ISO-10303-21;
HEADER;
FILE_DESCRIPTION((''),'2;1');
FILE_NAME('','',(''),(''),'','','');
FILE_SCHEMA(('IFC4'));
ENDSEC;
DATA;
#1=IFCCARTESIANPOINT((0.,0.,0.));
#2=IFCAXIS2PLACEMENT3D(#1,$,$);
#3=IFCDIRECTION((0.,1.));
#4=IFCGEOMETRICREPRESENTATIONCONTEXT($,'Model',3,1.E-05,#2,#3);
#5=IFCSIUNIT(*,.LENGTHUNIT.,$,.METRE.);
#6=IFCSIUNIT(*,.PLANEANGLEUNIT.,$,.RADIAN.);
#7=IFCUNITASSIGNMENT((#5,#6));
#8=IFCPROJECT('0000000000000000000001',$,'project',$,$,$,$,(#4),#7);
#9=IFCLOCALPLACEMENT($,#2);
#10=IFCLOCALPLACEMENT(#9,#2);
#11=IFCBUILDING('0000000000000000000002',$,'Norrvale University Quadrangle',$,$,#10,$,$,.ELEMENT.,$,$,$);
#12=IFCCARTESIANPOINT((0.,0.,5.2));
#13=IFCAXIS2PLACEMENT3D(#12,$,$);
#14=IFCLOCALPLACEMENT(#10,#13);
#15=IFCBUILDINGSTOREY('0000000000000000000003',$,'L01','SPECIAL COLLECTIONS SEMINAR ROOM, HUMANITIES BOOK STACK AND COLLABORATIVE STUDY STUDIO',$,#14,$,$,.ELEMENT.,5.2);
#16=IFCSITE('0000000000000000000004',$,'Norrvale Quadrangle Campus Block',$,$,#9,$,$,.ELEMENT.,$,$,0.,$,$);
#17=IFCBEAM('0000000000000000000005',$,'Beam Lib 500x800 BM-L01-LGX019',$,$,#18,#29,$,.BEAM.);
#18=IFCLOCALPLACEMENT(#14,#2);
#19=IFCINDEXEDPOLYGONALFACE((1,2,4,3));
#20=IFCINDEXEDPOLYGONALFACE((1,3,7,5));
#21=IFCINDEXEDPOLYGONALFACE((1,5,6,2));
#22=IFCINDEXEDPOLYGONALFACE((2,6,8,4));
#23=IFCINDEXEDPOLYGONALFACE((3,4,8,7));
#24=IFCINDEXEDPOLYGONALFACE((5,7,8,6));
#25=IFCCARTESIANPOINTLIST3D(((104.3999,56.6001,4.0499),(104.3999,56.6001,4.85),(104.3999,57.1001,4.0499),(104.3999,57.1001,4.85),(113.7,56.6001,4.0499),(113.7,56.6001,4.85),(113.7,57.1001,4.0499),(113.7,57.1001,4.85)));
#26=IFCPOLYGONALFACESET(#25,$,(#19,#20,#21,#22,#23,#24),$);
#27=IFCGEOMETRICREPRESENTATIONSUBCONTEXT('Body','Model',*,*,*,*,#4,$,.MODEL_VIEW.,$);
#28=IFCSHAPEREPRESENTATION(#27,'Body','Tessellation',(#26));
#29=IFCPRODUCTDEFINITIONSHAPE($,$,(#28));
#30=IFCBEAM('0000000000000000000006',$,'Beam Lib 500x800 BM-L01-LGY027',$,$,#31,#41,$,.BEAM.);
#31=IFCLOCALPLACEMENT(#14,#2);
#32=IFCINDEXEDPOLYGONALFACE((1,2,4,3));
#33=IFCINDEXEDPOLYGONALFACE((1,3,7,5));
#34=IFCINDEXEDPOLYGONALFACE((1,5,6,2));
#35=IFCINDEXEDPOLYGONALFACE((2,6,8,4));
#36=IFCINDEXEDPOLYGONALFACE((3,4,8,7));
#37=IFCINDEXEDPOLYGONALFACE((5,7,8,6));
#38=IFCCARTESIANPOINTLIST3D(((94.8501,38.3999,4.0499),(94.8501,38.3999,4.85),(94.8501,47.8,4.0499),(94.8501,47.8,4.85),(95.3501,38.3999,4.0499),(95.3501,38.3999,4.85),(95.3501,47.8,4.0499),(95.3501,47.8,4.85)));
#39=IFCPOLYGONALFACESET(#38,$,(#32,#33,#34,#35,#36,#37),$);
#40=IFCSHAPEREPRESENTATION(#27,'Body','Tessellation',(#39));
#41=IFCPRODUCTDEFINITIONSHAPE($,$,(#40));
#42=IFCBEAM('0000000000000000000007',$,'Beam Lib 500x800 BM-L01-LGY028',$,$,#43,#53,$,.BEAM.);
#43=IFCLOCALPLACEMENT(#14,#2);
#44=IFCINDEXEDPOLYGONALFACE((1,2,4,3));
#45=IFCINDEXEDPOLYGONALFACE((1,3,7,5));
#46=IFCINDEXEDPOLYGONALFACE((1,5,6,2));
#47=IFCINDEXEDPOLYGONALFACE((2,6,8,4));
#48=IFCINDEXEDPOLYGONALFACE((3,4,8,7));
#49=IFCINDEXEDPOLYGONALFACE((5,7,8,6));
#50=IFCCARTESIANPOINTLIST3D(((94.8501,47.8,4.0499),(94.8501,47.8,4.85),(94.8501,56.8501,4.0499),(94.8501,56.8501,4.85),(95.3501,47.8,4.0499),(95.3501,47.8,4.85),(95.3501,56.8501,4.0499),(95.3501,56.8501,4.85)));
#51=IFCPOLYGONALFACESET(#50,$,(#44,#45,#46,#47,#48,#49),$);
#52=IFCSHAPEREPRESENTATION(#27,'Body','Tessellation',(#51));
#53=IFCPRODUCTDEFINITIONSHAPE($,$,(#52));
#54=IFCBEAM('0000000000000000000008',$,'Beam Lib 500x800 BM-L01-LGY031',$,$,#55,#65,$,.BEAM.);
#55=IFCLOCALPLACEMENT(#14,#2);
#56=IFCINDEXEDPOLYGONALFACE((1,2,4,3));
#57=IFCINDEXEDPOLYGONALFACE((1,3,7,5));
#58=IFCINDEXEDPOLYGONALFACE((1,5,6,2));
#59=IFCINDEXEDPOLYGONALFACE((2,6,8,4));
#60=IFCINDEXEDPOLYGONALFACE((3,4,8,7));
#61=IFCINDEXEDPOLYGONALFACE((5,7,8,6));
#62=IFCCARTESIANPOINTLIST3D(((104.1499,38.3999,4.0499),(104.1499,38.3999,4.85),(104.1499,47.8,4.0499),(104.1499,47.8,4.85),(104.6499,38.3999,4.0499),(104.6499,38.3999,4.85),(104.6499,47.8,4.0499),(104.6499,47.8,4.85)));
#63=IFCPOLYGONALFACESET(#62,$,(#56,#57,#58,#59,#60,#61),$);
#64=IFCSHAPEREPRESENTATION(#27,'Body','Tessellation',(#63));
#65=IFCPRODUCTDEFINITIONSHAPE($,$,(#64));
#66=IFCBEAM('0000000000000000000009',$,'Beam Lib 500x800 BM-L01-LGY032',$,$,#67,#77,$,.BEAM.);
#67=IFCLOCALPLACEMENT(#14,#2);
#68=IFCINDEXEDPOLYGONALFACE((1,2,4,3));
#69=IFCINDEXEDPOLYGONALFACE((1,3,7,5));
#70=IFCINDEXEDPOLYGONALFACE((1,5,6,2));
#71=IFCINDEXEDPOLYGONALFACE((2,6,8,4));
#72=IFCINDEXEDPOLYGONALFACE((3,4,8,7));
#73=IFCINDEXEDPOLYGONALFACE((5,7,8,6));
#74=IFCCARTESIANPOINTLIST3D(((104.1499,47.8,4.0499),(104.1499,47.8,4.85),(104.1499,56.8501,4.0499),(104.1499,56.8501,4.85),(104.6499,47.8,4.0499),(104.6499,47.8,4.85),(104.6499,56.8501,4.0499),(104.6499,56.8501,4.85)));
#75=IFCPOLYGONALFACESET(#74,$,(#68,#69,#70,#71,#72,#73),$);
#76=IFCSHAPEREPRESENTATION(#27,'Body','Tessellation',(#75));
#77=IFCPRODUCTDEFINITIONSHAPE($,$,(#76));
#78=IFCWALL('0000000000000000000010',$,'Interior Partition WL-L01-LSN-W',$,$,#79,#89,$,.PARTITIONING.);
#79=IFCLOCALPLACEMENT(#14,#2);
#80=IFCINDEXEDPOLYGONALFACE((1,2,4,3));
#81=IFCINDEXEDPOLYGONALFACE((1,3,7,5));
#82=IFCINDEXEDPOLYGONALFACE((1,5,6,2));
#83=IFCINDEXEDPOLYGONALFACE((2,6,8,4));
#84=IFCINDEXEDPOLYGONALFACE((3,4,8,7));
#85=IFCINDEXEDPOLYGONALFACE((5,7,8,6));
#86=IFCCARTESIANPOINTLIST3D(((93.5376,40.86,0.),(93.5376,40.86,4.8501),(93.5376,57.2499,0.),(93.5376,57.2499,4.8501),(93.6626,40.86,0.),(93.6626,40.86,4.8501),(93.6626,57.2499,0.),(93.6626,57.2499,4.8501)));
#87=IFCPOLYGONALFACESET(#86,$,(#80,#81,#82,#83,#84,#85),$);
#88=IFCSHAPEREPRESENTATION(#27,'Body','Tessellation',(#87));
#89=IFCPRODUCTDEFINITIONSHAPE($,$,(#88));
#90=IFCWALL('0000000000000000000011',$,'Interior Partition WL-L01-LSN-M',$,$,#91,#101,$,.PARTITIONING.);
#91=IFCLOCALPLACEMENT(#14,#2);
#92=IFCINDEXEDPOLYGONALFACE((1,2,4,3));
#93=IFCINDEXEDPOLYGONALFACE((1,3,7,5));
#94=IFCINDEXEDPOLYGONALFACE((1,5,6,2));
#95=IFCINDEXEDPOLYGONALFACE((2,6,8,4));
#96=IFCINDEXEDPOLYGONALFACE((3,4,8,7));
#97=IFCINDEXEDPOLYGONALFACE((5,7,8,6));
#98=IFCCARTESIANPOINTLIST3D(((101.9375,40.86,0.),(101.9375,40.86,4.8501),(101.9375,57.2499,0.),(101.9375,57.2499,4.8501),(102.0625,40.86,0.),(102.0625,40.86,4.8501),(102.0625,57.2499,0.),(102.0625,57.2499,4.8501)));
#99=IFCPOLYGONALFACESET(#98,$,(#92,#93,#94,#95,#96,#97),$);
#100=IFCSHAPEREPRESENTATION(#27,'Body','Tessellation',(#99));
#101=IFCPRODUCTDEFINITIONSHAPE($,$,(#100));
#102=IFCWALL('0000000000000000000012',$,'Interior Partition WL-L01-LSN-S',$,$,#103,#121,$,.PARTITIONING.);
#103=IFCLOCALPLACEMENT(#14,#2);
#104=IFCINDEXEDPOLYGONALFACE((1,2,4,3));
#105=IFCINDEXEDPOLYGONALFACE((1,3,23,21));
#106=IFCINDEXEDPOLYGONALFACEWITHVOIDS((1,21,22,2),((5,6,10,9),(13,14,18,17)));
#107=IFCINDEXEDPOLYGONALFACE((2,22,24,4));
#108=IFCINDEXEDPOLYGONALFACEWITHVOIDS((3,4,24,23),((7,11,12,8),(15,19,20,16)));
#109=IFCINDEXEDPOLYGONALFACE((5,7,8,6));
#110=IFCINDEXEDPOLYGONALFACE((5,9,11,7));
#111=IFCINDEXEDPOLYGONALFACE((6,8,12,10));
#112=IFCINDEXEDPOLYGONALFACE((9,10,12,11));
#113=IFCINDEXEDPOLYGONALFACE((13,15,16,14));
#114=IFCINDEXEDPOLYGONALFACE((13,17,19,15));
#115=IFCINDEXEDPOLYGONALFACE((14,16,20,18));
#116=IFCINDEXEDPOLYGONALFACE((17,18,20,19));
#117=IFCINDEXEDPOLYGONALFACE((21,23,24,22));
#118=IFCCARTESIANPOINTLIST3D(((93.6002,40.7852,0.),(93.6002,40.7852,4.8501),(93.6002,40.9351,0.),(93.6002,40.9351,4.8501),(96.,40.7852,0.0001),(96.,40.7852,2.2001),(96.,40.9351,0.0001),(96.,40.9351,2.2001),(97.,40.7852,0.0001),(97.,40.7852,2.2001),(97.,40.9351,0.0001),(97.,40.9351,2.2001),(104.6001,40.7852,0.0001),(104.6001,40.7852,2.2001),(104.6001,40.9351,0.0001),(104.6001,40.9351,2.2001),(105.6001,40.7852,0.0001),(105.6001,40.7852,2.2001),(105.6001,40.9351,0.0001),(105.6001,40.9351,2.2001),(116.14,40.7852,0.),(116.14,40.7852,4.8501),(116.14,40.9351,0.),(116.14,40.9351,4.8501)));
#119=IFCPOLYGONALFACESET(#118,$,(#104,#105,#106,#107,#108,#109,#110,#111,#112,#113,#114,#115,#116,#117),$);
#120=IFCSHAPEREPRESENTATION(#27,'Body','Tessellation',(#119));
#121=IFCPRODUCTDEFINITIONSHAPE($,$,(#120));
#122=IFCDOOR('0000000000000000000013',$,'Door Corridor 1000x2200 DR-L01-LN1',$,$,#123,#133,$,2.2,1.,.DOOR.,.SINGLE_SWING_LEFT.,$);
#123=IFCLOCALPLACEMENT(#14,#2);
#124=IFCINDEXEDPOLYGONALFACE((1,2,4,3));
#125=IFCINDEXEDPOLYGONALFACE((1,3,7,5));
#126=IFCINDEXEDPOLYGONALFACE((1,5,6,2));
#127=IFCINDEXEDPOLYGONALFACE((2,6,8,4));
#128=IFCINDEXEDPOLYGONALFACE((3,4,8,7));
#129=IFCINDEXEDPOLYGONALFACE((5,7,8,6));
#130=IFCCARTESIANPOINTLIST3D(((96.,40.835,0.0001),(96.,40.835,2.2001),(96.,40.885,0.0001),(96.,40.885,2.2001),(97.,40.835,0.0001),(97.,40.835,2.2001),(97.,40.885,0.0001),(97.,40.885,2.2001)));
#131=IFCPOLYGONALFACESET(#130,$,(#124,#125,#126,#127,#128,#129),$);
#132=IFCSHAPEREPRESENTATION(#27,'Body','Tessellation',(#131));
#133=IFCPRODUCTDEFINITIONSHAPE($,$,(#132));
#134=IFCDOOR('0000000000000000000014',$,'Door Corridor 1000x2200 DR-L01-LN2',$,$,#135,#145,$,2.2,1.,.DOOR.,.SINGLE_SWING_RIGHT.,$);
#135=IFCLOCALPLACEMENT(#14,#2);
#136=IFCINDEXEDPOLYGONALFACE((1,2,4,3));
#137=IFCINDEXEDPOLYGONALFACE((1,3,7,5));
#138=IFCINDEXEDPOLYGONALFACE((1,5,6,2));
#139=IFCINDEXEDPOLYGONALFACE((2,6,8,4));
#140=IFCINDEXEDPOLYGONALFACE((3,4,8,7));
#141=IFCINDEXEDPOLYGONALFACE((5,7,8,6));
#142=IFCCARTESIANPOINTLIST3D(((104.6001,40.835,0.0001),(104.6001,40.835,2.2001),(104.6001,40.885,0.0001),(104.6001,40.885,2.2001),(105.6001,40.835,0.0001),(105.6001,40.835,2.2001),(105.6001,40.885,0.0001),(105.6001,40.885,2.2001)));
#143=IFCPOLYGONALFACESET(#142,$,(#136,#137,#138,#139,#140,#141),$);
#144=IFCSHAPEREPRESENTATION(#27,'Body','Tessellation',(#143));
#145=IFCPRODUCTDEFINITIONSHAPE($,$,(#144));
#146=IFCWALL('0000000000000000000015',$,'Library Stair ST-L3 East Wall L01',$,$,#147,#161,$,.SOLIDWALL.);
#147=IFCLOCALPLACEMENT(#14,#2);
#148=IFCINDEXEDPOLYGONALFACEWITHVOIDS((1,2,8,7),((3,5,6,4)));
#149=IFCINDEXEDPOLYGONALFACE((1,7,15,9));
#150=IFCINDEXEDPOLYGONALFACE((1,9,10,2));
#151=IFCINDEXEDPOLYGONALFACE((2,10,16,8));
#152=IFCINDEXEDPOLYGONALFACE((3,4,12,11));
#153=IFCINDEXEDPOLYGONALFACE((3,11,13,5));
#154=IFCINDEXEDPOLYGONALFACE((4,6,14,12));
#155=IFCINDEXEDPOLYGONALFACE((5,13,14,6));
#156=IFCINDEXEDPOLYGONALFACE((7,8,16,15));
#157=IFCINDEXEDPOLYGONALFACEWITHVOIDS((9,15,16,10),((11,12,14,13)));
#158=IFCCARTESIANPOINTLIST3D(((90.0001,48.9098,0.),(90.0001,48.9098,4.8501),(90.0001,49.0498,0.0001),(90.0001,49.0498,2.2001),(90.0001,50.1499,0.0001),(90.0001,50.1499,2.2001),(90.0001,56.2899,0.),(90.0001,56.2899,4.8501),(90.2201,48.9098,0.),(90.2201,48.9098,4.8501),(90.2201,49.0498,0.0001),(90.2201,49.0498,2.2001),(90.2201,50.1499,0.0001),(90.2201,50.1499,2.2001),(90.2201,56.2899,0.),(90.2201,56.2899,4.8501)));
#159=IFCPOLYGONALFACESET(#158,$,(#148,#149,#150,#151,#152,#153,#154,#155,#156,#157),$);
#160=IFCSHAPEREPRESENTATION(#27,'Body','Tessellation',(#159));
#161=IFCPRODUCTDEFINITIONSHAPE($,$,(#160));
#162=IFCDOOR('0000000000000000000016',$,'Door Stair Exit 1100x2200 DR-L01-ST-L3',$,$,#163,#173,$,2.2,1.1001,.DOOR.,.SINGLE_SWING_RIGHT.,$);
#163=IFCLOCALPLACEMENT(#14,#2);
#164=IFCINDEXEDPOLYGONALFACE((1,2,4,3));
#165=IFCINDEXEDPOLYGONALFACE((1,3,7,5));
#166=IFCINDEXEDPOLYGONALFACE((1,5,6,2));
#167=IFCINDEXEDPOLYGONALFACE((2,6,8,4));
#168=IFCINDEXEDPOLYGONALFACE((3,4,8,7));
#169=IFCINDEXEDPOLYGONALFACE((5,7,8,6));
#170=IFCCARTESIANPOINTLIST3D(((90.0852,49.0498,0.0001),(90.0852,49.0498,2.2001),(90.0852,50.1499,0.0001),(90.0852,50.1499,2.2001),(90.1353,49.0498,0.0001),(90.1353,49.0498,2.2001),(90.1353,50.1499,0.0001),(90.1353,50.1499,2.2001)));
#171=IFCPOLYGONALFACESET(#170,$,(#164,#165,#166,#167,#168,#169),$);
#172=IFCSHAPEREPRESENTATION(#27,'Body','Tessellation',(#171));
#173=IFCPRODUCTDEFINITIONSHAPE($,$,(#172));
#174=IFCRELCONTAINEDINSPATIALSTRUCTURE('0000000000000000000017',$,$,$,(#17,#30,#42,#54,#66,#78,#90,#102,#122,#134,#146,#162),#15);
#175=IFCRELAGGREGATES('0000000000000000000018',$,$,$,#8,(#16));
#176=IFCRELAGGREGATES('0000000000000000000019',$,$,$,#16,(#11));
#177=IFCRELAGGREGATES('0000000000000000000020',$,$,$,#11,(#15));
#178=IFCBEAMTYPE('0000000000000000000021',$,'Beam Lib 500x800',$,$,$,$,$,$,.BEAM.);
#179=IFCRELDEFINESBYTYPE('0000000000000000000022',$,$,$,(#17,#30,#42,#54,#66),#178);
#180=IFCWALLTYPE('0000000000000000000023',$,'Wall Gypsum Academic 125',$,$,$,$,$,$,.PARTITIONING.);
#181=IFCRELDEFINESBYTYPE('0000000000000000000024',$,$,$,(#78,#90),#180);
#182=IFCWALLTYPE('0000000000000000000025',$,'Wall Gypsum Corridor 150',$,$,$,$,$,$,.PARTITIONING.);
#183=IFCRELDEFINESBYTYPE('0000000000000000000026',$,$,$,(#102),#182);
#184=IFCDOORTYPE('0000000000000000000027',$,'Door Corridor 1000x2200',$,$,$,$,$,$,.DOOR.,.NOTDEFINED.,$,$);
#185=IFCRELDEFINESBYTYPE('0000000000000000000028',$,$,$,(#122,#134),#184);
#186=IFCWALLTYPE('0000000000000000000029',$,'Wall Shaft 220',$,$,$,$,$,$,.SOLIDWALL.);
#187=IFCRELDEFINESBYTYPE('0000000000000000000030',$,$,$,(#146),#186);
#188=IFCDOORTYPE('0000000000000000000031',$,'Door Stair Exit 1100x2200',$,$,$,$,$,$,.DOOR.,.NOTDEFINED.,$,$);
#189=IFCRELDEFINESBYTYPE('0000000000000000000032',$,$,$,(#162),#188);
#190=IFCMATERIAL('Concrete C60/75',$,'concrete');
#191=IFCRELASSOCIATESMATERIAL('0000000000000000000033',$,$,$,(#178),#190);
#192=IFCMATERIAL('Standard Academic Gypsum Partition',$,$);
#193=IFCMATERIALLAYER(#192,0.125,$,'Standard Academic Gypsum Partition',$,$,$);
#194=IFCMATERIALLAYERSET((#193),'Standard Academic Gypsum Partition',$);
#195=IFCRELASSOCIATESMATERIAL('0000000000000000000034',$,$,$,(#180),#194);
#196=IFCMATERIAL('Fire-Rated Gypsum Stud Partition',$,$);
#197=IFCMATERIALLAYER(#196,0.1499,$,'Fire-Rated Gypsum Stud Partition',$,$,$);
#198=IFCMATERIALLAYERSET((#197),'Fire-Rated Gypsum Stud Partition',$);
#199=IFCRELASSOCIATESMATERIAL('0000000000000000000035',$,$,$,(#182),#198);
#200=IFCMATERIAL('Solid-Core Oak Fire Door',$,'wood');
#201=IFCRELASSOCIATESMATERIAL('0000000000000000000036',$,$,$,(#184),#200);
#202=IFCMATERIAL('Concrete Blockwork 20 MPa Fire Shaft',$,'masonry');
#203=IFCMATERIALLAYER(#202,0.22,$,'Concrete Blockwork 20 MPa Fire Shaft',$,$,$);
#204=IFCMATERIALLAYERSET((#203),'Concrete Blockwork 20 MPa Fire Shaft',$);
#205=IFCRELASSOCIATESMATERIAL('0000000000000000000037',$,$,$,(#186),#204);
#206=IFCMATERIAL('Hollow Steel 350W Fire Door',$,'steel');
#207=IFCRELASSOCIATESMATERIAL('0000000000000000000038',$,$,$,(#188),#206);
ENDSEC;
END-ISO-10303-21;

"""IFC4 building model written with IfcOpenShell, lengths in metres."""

from ifc_helpers import new_model, si_unit, direction, frame, frame_2d, origin, origin_2d, place, context, subcontext, project, spatial, rectangle, extrude, material, layer, layer_set, material_profile, profile_set, type_object, element, fill, save


model = new_model("IFC4")

# Units and contexts
model_context = context("Model", 3, precision=1e-05, world=origin(), true_north=direction((0.0, 1.0)))
body_context = subcontext(model_context, "Body", "Model", "MODEL_VIEW")
ifc_project = project(units=[si_unit("LENGTHUNIT", "METRE"), si_unit("PLANEANGLEUNIT", "RADIAN")], contexts=[model_context])

# Site, building, storey
site_placement = place(None, origin())
site = spatial("IfcSite", under=ifc_project, at=site_placement, Name="Norrvale Quadrangle Campus Block", CompositionType="ELEMENT", RefElevation=0.0)
building_placement = place(site_placement, origin())
building = spatial("IfcBuilding", under=site, at=building_placement, Name="Norrvale University Quadrangle", CompositionType="ELEMENT")
storey_placement = place(building_placement, frame((0.0, 0.0, 5.2)))
storey = spatial("IfcBuildingStorey", under=building, at=storey_placement, Name="L01", Description="SPECIAL COLLECTIONS SEMINAR ROOM, HUMANITIES BOOK STACK AND COLLABORATIVE STUDY STUDIO", CompositionType="ELEMENT", Elevation=5.2)

# Shared definitions
ifc_material_1 = material(Name="Concrete C60/75", Category="concrete")

# Beams
ifc_material_profile_1 = material_profile(ifc_material_1, rectangle(XDim=0.5, YDim=0.8, at=origin_2d()), Name="Concrete C60/75")
ifc_profile_set_1 = profile_set([ifc_material_profile_1], Name="Concrete C60/75")
beam_type_1 = type_object("IfcBeamType", Name="Beam Lib 500x800", PredefinedType="BEAM", material=ifc_profile_set_1)
beam_1_placement = place(storey_placement, frame((104.3999, 56.8501, 4.45), z_axis=(1.0, 0.0, 0.0), x_axis=(0.0, 1.0, 0.0)))
element("IfcBeam", 1, at=beam_1_placement, inside=storey, type_object=beam_type_1, Name="Beam Lib 500x800 BM-L01-LGX019", PredefinedType="BEAM", context=body_context, shape_type="SweptSolid", body=[
    extrude(rectangle(XDim=0.5, YDim=0.8, at=origin_2d()), origin(), (0.0, 0.0, 1.0), 9.3),
])
beam_2_placement = place(storey_placement, frame((95.1001, 38.3999, 4.45), z_axis=(0.0, 1.0, 0.0), x_axis=(-1.0, 0.0, 0.0)))
element("IfcBeam", 2, at=beam_2_placement, inside=storey, type_object=beam_type_1, Name="Beam Lib 500x800 BM-L01-LGY027", PredefinedType="BEAM", context=body_context, shape_type="SweptSolid", body=[
    extrude(rectangle(XDim=0.5, YDim=0.8, at=origin_2d()), origin(), (0.0, 0.0, 1.0), 9.4001),
])
beam_3_placement = place(storey_placement, frame((95.1001, 47.8, 4.45), z_axis=(0.0, 1.0, 0.0), x_axis=(-1.0, 0.0, 0.0)))
element("IfcBeam", 3, at=beam_3_placement, inside=storey, type_object=beam_type_1, Name="Beam Lib 500x800 BM-L01-LGY028", PredefinedType="BEAM", context=body_context, shape_type="SweptSolid", body=[
    extrude(rectangle(XDim=0.5, YDim=0.8, at=origin_2d()), origin(), (0.0, 0.0, 1.0), 9.05),
])
beam_4_placement = place(storey_placement, frame((104.3999, 38.3999, 4.45), z_axis=(0.0, 1.0, 0.0), x_axis=(-1.0, 0.0, 0.0)))
element("IfcBeam", 4, at=beam_4_placement, inside=storey, type_object=beam_type_1, Name="Beam Lib 500x800 BM-L01-LGY031", PredefinedType="BEAM", context=body_context, shape_type="SweptSolid", body=[
    extrude(rectangle(XDim=0.5, YDim=0.8, at=origin_2d()), origin(), (0.0, 0.0, 1.0), 9.4001),
])
beam_5_placement = place(storey_placement, frame((104.3999, 47.8, 4.45), z_axis=(0.0, 1.0, 0.0), x_axis=(-1.0, 0.0, 0.0)))
element("IfcBeam", 5, at=beam_5_placement, inside=storey, type_object=beam_type_1, Name="Beam Lib 500x800 BM-L01-LGY032", PredefinedType="BEAM", context=body_context, shape_type="SweptSolid", body=[
    extrude(rectangle(XDim=0.5, YDim=0.8, at=origin_2d()), origin(), (0.0, 0.0, 1.0), 9.05),
])

# Walls
ifc_material_2 = material(Name="Standard Academic Gypsum Partition")
ifc_layer_1 = layer(ifc_material_2, 0.125, Name="Standard Academic Gypsum Partition")
ifc_layer_set_1 = layer_set([ifc_layer_1], Name="Standard Academic Gypsum Partition")
wall_type_1 = type_object("IfcWallType", Name="Wall Gypsum Academic 125", PredefinedType="PARTITIONING", material=ifc_layer_set_1)
for number, where, z_axis, x_axis, name in (
    (6, (93.6001, 40.8601, 0.0), (0.0, 0.0, 1.0), (0.0, 1.0, 0.0), "Interior Partition WL-L01-LSN-W"),
    (7, (102.0, 40.8601, 0.0), (0.0, 0.0, 1.0), (0.0, 1.0, 0.0), "Interior Partition WL-L01-LSN-M"),
):
    element("IfcWall", number, at=place(storey_placement, frame(where, z_axis=z_axis, x_axis=x_axis)), inside=storey, type_object=wall_type_1, Name=name, PredefinedType="PARTITIONING", context=body_context, shape_type="SweptSolid", body=[
        extrude(rectangle(XDim=16.3899, YDim=0.125, at=frame_2d((8.1948, 0.0))), origin(), (0.0, 0.0, 1.0), 4.8501),
    ])

# Wall, openings, doors
ifc_material_3 = material(Name="Fire-Rated Gypsum Stud Partition")
ifc_layer_2 = layer(ifc_material_3, 0.1499, Name="Fire-Rated Gypsum Stud Partition")
ifc_layer_set_2 = layer_set([ifc_layer_2], Name="Fire-Rated Gypsum Stud Partition")
wall_type_2 = type_object("IfcWallType", Name="Wall Gypsum Corridor 150", PredefinedType="PARTITIONING", material=ifc_layer_set_2)
wall_1_placement = place(storey_placement, frame((93.6001, 40.8601, 0.0), z_axis=(0.0, 0.0, 1.0), x_axis=(1.0, 0.0, 0.0)))
wall_1 = element("IfcWall", 8, at=wall_1_placement, inside=storey, type_object=wall_type_2, Name="Interior Partition WL-L01-LSN-S", PredefinedType="PARTITIONING", context=body_context, shape_type="SweptSolid", body=[
    extrude(rectangle(XDim=22.5398, YDim=0.1499, at=frame_2d((11.27, 0.0))), origin(), (0.0, 0.0, 1.0), 4.8501),
])
opening_1_placement = place(wall_1_placement, frame((2.3999, 0.0, 0.0)))
opening_1 = element("IfcOpeningElement", 9, at=opening_1_placement, cuts=wall_1, PredefinedType="OPENING", context=body_context, shape_type="SweptSolid", body=[
    extrude(rectangle(XDim=1.0, YDim=2.2, at=frame_2d((0.5, 1.1001))), frame((0.0, 0.0869, 0.0), z_axis=(0.0, -1.0, 0.0), x_axis=(1.0, 0.0, 0.0)), (0.0, 0.0, 1.0), 0.1738),
])
opening_2_placement = place(wall_1_placement, frame((11.0, 0.0, 0.0)))
opening_2 = element("IfcOpeningElement", 10, at=opening_2_placement, cuts=wall_1, PredefinedType="OPENING", context=body_context, shape_type="SweptSolid", body=[
    extrude(rectangle(XDim=1.0, YDim=2.2, at=frame_2d((0.5, 1.1001))), frame((0.0, 0.0869, 0.0), z_axis=(0.0, -1.0, 0.0), x_axis=(1.0, 0.0, 0.0)), (0.0, 0.0, 1.0), 0.1738),
])
ifc_material_4 = material(Name="Solid-Core Oak Fire Door", Category="wood")
door_type_1 = type_object("IfcDoorType", Name="Door Corridor 1000x2200", OperationType="NOTDEFINED", PredefinedType="DOOR", material=ifc_material_4)
door_1_placement = place(opening_1_placement, origin())
door_1 = element("IfcDoor", 11, at=door_1_placement, inside=storey, type_object=door_type_1, Name="Door Corridor 1000x2200 DR-L01-LN1", OperationType="SINGLE_SWING_LEFT", OverallHeight=2.2, OverallWidth=1.0, PredefinedType="DOOR", context=body_context, shape_type="SweptSolid", body=[
    extrude(rectangle(XDim=1.0, YDim=2.2, at=frame_2d((0.5, 1.1001))), frame((0.0, 0.0249, 0.0), z_axis=(0.0, -1.0, 0.0), x_axis=(1.0, 0.0, 0.0)), (0.0, 0.0, 1.0), 0.05),
])
fill(opening_1, door_1)
door_2_placement = place(opening_2_placement, origin())
door_2 = element("IfcDoor", 12, at=door_2_placement, inside=storey, type_object=door_type_1, Name="Door Corridor 1000x2200 DR-L01-LN2", OperationType="SINGLE_SWING_RIGHT", OverallHeight=2.2, OverallWidth=1.0, PredefinedType="DOOR", context=body_context, shape_type="SweptSolid", body=[
    extrude(rectangle(XDim=1.0, YDim=2.2, at=frame_2d((0.5, 1.1001))), frame((0.0, 0.0249, 0.0), z_axis=(0.0, -1.0, 0.0), x_axis=(1.0, 0.0, 0.0)), (0.0, 0.0, 1.0), 0.05),
])
fill(opening_2, door_2)

# Wall, opening, door
ifc_material_5 = material(Name="Concrete Blockwork 20 MPa Fire Shaft", Category="masonry")
ifc_layer_3 = layer(ifc_material_5, 0.22, Name="Concrete Blockwork 20 MPa Fire Shaft")
ifc_layer_set_3 = layer_set([ifc_layer_3], Name="Concrete Blockwork 20 MPa Fire Shaft")
wall_type_3 = type_object("IfcWallType", Name="Wall Shaft 220", PredefinedType="SOLIDWALL", material=ifc_layer_set_3)
wall_2_placement = place(storey_placement, frame((90.1101, 48.9099, 0.0), z_axis=(0.0, 0.0, 1.0), x_axis=(0.0, 1.0, 0.0)))
wall_2 = element("IfcWall", 13, at=wall_2_placement, inside=storey, type_object=wall_type_3, Name="Library Stair ST-L3 East Wall L01", PredefinedType="SOLIDWALL", context=body_context, shape_type="SweptSolid", body=[
    extrude(rectangle(XDim=7.3801, YDim=0.22, at=frame_2d((3.6899, 0.0))), origin(), (0.0, 0.0, 1.0), 4.8501),
])
opening_3_placement = place(wall_2_placement, frame((0.1399, 0.0, 0.0)))
opening_3 = element("IfcOpeningElement", 14, at=opening_3_placement, cuts=wall_2, PredefinedType="OPENING", context=body_context, shape_type="SweptSolid", body=[
    extrude(rectangle(XDim=1.1001, YDim=2.2, at=frame_2d((0.55, 1.1001))), frame((0.0, 0.1221, 0.0), z_axis=(0.0, -1.0, 0.0), x_axis=(1.0, 0.0, 0.0)), (0.0, 0.0, 1.0), 0.2439),
])
ifc_material_6 = material(Name="Hollow Steel 350W Fire Door", Category="steel")
door_type_2 = type_object("IfcDoorType", Name="Door Stair Exit 1100x2200", OperationType="NOTDEFINED", PredefinedType="DOOR", material=ifc_material_6)
door_3_placement = place(opening_3_placement, origin())
door_3 = element("IfcDoor", 15, at=door_3_placement, inside=storey, type_object=door_type_2, Name="Door Stair Exit 1100x2200 DR-L01-ST-L3", OperationType="SINGLE_SWING_RIGHT", OverallHeight=2.2, OverallWidth=1.1001, PredefinedType="DOOR", context=body_context, shape_type="SweptSolid", body=[
    extrude(rectangle(XDim=1.1001, YDim=2.2, at=frame_2d((0.55, 1.1001))), frame((0.0, 0.0249, 0.0), z_axis=(0.0, -1.0, 0.0), x_axis=(1.0, 0.0, 0.0)), (0.0, 0.0, 1.0), 0.05),
])
fill(opening_3, door_3)

save(model, "model.ifc")
